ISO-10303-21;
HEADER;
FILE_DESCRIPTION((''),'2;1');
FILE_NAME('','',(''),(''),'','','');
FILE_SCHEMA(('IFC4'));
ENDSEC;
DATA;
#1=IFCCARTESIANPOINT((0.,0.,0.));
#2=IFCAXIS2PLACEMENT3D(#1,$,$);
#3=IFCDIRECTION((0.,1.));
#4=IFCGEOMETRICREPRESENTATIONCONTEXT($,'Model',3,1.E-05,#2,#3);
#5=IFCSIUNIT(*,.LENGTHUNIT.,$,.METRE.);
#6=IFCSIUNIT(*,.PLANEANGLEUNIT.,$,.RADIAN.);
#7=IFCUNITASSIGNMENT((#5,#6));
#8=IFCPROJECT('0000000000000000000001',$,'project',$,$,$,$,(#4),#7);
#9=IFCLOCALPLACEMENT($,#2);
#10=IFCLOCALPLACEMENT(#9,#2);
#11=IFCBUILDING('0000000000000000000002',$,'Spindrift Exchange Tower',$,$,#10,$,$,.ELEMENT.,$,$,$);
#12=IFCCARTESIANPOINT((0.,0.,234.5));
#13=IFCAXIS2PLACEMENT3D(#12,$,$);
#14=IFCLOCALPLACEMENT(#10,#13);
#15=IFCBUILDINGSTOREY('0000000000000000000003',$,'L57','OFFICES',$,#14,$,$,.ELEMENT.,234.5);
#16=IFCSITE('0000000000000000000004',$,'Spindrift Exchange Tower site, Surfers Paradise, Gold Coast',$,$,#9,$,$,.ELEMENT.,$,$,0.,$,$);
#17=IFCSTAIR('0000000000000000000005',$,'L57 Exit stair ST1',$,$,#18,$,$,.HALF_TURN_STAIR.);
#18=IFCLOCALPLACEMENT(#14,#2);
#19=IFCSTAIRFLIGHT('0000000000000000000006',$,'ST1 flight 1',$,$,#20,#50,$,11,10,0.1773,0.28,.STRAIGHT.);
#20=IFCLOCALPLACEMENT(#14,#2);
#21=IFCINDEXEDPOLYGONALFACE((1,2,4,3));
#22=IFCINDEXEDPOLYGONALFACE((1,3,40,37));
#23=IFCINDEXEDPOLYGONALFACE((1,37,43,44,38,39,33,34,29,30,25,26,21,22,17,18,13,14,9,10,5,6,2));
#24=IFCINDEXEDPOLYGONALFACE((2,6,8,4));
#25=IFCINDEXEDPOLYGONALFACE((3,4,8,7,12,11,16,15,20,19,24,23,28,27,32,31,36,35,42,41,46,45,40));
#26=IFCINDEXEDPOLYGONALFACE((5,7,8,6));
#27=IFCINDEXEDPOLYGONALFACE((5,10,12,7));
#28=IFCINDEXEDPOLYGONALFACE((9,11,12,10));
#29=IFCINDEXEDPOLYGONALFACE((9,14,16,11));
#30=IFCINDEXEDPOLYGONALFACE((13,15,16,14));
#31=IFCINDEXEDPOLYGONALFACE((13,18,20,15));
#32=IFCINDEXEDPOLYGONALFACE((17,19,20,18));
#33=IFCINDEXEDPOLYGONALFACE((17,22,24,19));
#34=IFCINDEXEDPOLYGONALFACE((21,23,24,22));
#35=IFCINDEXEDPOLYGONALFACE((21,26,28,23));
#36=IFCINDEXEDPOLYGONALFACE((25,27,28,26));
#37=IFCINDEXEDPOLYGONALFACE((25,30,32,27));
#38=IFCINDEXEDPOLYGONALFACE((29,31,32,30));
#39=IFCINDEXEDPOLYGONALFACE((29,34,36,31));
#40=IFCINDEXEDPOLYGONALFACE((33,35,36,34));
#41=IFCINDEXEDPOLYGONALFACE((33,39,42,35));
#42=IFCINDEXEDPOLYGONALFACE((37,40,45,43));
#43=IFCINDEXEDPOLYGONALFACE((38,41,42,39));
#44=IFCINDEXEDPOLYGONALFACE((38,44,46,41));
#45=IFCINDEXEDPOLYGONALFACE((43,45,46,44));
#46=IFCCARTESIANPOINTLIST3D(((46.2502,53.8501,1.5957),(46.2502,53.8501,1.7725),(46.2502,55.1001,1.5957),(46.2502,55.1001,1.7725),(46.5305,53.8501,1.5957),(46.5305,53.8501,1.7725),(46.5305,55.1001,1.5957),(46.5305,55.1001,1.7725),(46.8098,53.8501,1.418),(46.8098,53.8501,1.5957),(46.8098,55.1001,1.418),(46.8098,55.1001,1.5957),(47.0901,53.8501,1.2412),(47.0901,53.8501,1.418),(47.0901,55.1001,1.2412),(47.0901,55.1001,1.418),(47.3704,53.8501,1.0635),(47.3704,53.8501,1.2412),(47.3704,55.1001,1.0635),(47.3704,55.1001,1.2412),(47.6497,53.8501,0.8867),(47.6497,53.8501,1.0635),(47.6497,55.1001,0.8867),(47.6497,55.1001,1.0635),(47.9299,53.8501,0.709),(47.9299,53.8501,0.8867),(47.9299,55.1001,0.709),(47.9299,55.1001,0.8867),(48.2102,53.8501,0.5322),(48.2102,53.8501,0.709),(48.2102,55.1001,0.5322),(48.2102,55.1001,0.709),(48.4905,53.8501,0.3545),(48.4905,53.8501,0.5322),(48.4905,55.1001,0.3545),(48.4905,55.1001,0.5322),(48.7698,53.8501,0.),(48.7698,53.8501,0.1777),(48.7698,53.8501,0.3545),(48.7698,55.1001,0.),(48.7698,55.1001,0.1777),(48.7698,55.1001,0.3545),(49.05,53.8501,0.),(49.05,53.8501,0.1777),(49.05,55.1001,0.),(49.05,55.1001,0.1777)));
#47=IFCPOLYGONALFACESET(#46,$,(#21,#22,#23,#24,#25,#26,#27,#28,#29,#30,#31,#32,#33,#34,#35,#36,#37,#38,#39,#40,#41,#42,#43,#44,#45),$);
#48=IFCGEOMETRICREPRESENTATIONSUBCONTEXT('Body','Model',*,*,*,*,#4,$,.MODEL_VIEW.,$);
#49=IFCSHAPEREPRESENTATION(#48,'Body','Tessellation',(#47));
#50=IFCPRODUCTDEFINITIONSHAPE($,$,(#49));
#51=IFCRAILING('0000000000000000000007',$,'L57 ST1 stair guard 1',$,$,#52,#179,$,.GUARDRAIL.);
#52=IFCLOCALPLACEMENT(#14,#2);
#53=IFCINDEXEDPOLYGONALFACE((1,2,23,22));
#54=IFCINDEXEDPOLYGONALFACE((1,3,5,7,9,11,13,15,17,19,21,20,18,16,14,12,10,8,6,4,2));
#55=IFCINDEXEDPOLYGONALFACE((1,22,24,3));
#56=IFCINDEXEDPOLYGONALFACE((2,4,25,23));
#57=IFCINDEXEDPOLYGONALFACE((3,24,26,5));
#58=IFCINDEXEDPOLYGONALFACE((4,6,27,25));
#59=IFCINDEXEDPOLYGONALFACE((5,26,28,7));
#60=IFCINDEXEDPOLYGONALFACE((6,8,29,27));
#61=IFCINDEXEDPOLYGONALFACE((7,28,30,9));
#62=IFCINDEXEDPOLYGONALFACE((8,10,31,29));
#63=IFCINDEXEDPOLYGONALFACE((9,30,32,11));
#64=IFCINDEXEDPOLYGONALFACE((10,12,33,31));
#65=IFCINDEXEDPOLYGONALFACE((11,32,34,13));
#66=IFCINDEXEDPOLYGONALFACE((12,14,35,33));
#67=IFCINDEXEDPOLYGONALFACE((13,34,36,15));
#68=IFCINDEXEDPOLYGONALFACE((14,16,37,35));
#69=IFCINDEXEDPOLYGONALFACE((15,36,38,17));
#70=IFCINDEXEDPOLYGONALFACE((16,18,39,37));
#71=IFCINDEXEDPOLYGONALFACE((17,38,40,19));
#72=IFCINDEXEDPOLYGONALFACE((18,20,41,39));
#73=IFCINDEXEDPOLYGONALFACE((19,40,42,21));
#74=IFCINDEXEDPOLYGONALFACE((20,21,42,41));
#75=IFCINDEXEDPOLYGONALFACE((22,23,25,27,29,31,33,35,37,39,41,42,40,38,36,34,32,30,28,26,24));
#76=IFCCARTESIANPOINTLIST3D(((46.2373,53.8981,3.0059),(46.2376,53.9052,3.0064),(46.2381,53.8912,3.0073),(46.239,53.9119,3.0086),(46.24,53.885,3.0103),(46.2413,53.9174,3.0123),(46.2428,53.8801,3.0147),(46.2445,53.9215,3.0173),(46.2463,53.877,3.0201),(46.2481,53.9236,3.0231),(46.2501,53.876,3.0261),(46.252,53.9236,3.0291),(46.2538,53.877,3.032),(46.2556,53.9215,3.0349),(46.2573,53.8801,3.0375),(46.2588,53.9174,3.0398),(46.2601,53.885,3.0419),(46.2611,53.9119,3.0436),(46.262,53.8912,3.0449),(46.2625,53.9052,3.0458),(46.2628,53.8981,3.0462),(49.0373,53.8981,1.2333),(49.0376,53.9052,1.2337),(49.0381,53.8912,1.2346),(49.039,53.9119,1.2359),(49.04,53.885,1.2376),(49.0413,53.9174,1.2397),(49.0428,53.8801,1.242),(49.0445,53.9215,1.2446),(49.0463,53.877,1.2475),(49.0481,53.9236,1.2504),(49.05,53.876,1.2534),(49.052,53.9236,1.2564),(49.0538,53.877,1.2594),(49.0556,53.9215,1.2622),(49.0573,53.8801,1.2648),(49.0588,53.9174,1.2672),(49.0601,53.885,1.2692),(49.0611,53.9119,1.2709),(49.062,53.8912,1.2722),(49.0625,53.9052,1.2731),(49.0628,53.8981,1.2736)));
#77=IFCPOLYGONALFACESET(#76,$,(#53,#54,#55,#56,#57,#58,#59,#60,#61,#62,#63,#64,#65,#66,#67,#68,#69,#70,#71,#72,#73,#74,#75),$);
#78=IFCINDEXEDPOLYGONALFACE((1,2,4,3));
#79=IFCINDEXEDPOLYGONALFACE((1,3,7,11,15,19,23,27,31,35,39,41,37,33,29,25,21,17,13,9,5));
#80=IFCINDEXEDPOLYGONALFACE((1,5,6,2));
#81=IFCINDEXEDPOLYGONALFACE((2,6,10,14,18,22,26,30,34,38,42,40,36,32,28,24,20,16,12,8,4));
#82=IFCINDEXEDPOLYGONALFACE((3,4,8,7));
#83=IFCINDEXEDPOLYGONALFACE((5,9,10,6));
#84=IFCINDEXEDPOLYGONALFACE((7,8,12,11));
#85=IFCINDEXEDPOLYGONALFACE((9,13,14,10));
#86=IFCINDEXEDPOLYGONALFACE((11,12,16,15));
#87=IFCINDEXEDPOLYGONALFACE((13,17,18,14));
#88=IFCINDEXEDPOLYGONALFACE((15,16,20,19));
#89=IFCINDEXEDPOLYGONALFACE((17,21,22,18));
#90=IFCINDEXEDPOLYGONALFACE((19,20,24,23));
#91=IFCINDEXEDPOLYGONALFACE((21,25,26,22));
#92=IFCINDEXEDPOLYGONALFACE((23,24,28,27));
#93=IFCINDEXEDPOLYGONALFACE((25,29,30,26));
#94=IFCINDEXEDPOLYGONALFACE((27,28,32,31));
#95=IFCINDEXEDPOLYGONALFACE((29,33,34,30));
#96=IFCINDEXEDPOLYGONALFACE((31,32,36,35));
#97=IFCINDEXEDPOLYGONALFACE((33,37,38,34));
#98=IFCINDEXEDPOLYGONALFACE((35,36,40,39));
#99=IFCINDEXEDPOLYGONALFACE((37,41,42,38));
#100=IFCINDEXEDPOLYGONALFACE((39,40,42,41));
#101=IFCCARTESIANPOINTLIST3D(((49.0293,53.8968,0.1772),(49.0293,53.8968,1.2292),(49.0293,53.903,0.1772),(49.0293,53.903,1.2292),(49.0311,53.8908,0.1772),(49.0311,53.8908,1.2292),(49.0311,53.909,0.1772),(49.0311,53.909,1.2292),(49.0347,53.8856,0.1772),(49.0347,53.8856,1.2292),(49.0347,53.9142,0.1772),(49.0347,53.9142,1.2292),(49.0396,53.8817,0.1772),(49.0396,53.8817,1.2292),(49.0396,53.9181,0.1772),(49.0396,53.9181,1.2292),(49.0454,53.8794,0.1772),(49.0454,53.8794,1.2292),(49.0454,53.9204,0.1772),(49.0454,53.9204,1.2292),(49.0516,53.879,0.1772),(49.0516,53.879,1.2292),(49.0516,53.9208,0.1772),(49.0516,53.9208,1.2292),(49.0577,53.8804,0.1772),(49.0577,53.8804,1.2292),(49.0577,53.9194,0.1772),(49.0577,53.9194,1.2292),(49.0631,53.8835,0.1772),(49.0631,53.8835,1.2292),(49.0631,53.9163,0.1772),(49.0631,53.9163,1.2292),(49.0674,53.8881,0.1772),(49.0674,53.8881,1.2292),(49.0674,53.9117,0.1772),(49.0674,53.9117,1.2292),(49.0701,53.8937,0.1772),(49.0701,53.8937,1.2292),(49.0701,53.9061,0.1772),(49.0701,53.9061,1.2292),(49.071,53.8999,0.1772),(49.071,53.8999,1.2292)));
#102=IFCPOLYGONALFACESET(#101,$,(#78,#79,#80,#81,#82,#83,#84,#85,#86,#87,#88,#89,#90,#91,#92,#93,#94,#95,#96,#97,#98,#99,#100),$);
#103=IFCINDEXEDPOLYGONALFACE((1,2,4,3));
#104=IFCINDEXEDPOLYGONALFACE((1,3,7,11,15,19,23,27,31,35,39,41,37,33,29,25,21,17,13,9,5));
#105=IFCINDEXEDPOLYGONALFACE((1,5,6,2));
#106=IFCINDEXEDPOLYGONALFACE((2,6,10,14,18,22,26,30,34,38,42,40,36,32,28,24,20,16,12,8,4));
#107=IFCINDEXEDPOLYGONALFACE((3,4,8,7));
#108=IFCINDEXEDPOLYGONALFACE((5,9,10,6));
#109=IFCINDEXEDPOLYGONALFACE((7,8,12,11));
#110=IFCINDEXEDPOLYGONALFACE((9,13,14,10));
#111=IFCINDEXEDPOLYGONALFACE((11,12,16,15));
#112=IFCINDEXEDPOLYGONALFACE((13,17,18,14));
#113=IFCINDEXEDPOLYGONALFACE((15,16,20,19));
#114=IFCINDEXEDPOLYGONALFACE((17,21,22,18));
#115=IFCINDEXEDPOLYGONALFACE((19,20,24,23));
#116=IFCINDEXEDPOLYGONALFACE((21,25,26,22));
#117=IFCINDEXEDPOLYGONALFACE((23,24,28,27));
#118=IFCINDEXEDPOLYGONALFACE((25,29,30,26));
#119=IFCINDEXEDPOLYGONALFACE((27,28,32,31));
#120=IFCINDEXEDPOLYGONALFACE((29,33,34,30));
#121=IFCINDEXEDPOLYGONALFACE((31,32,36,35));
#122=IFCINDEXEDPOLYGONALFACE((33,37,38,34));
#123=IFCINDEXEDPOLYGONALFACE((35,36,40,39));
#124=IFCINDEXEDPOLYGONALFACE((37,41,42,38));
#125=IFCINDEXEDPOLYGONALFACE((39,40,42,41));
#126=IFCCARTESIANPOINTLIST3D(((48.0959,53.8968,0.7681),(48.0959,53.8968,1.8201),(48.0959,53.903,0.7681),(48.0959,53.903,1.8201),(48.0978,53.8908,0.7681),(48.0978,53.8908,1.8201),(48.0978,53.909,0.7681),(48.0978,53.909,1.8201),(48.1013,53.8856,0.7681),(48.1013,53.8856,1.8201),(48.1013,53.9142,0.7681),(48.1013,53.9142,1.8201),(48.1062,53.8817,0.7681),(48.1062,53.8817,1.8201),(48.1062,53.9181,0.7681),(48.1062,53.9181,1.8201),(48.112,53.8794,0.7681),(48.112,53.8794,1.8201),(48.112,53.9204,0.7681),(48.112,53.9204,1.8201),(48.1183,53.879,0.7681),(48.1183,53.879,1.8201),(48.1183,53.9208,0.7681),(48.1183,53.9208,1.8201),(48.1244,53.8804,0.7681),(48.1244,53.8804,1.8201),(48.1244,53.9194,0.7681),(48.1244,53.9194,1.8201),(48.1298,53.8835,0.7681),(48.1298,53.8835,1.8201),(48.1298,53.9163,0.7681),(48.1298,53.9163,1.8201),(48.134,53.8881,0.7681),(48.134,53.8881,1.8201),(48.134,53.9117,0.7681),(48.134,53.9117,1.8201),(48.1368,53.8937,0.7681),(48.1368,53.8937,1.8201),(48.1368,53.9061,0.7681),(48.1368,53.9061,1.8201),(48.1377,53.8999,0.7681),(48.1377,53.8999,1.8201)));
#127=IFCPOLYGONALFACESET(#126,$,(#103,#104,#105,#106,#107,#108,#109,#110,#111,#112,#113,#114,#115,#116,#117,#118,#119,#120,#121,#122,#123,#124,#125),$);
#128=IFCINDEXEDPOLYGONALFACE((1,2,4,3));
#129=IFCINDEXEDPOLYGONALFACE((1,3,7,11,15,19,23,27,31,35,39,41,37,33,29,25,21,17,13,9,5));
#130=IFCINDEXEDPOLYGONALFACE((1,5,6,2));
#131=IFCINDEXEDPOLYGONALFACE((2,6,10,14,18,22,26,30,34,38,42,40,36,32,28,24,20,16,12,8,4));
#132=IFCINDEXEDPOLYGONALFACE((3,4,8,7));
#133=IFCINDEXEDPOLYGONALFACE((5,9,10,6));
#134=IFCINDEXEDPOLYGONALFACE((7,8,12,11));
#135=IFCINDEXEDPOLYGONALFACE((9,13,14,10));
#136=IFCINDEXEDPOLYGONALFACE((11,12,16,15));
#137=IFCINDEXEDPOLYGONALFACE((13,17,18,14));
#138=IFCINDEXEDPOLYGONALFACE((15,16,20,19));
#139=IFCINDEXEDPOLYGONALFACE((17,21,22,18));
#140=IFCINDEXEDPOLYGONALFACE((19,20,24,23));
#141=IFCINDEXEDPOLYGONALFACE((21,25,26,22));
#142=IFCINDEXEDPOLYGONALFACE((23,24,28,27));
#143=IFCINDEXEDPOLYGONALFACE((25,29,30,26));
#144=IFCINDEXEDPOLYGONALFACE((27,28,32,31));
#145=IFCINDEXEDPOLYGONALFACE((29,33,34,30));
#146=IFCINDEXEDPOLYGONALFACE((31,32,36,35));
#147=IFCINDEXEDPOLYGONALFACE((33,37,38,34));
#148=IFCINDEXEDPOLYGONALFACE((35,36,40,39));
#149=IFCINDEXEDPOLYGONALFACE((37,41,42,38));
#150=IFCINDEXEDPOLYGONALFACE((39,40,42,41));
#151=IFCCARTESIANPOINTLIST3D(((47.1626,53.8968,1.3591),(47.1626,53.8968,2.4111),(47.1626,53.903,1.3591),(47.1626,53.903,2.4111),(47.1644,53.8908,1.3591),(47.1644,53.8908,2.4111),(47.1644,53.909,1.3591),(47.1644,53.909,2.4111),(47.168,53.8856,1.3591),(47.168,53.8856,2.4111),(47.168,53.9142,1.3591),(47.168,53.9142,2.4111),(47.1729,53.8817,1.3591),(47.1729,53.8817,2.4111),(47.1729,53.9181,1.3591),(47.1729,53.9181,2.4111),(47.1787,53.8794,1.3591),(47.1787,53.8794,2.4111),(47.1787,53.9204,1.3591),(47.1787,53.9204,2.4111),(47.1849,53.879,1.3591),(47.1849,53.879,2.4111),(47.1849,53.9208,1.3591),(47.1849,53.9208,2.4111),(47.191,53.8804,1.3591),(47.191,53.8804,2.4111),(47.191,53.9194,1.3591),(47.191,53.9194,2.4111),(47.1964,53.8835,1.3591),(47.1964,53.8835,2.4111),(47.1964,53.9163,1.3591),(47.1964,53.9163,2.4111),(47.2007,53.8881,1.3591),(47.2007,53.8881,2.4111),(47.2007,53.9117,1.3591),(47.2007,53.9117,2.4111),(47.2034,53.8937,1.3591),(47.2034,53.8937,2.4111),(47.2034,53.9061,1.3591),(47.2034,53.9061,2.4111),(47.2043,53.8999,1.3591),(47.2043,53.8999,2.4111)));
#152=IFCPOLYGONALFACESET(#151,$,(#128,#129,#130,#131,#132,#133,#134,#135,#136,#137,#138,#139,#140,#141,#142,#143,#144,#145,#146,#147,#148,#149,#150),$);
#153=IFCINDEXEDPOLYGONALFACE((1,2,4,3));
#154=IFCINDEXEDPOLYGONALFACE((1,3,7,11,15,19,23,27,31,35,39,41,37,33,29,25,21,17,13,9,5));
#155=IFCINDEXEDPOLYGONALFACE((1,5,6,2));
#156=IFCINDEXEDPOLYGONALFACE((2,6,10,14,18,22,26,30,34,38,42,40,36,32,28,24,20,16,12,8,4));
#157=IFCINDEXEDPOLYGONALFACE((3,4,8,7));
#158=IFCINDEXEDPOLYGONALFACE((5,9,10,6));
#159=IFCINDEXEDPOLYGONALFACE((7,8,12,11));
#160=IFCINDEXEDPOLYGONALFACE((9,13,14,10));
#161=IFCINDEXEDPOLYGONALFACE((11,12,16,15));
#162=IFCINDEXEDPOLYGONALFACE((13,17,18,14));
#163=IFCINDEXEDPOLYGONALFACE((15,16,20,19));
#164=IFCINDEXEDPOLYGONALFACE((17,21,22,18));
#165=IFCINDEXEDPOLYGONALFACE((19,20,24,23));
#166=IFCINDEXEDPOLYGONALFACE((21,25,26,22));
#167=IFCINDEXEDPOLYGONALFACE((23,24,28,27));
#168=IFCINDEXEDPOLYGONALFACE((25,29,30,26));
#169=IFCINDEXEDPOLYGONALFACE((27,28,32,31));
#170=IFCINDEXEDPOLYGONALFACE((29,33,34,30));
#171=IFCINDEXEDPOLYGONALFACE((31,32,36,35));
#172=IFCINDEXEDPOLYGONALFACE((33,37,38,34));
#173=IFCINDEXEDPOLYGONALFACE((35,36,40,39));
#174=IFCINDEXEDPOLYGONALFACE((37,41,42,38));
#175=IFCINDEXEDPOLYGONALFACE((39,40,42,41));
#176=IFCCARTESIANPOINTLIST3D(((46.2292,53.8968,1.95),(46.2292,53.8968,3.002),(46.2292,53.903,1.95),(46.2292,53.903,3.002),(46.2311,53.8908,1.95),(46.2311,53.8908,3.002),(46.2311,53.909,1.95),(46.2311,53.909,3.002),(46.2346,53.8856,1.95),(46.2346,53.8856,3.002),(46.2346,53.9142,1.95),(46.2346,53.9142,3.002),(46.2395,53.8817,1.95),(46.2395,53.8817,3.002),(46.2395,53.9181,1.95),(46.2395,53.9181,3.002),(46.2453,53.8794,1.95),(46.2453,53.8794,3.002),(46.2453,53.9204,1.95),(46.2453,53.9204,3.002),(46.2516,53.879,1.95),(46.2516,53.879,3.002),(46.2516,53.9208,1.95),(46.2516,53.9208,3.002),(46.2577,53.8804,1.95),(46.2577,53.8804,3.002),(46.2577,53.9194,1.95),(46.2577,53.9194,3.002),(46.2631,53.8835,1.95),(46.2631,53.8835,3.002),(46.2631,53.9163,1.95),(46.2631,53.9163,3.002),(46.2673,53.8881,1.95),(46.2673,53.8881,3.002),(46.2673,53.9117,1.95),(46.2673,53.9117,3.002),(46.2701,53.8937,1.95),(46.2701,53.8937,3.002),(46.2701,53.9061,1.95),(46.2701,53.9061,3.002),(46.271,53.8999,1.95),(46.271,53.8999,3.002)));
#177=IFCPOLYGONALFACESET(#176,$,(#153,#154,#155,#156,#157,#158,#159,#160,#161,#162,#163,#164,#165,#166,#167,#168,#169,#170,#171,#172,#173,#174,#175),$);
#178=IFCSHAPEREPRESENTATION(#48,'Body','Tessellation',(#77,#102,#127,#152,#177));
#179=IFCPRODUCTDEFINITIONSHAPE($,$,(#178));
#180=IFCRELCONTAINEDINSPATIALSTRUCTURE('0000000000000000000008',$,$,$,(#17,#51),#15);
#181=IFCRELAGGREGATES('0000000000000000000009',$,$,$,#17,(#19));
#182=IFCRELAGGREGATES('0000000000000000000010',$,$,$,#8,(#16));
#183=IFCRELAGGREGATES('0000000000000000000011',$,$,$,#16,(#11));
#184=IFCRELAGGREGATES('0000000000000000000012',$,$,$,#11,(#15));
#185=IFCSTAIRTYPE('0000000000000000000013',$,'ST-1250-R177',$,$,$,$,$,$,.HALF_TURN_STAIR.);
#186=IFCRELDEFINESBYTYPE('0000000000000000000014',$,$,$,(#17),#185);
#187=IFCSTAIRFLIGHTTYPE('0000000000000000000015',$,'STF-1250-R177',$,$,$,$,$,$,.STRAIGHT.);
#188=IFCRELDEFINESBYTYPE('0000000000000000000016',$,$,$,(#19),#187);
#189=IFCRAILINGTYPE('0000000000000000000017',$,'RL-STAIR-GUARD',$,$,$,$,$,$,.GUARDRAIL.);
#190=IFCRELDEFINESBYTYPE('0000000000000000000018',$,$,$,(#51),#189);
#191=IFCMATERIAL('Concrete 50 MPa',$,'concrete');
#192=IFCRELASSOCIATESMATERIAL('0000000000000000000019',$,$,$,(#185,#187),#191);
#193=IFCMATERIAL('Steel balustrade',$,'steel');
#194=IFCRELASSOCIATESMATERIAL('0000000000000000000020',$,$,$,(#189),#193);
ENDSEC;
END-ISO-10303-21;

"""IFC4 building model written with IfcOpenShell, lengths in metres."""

from ifc_helpers import new_model, si_unit, direction, frame, origin, origin_2d, place, context, subcontext, project, spatial, line, indexed_curve, circle, outline, extrude, material, type_object, element, aggregate, save


model = new_model("IFC4")

# Units and contexts
model_context = context("Model", 3, precision=1e-05, world=origin(), true_north=direction((0.0, 1.0)))
body_context = subcontext(model_context, "Body", "Model", "MODEL_VIEW")
ifc_project = project(units=[si_unit("LENGTHUNIT", "METRE"), si_unit("PLANEANGLEUNIT", "RADIAN")], contexts=[model_context])

# Site, building, storey
site_placement = place(None, origin())
site = spatial("IfcSite", under=ifc_project, at=site_placement, Name="Spindrift Exchange Tower site, Surfers Paradise, Gold Coast", CompositionType="ELEMENT", RefElevation=0.0)
building_placement = place(site_placement, origin())
building = spatial("IfcBuilding", under=site, at=building_placement, Name="Spindrift Exchange Tower", CompositionType="ELEMENT")
storey_placement = place(building_placement, frame((0.0, 0.0, 234.5)))
storey = spatial("IfcBuildingStorey", under=building, at=storey_placement, Name="L57", Description="OFFICES", CompositionType="ELEMENT", Elevation=234.5)

# Stair, stair flight
ifc_material_1 = material(Name="Concrete 50 MPa", Category="concrete")
stair_type = type_object("IfcStairType", Name="ST-1250-R177", PredefinedType="HALF_TURN_STAIR", material=ifc_material_1)
stair_placement = place(storey_placement, origin())
stair = element("IfcStair", 1, at=stair_placement, inside=storey, type_object=stair_type, Name="L57 Exit stair ST1", PredefinedType="HALF_TURN_STAIR")
stair_flight_type = type_object("IfcStairFlightType", Name="STF-1250-R177", PredefinedType="STRAIGHT", material=ifc_material_1)
stair_flight_placement = place(storey_placement, frame((49.05, 54.4751, 0.0), z_axis=(0.0, 0.0, 1.0), x_axis=(-1.0, 0.0, 0.0)))
stair_flight = element("IfcStairFlight", 2, at=stair_flight_placement, type_object=stair_flight_type, Name="ST1 flight 1", NumberOfRisers=11, NumberOfTreads=10, PredefinedType="STRAIGHT", RiserHeight=0.1773, TreadLength=0.28, context=body_context, shape_type="SweptSolid", body=[
    extrude(outline(indexed_curve([(0.0, 0.0), (0.0, 0.1777), (0.2803, 0.1777), (0.2803, 0.3545), (0.5596, 0.3545), (0.5596, 0.5322), (0.8398, 0.5322), (0.8398, 0.709), (1.1201, 0.709), (1.1201, 0.8867), (1.4004, 0.8867), (1.4004, 1.0635), (1.6797, 1.0635), (1.6797, 1.2412), (1.96, 1.2412), (1.96, 1.418), (2.2402, 1.418), (2.2402, 1.5957), (2.5195, 1.5957), (2.5195, 1.7725), (2.7998, 1.7725), (2.7998, 1.9502), (2.7998, 1.5957), (0.2803, 0.0)], segments=[line(1, 2, 3, 4, 5, 6, 7, 8, 9, 10, 11, 12, 13, 14, 15, 16, 17, 18, 19, 20, 21, 22, 23, 24, 1)], self_intersect=False)), frame((0.0, 0.625, 0.0), z_axis=(0.0, -1.0, 0.0), x_axis=(1.0, 0.0, 0.0)), (0.0, 0.0, 1.0), 1.25),
])
aggregate(stair, [stair_flight])

# Railing
ifc_material_2 = material(Name="Steel balustrade", Category="steel")
railing_type_1 = type_object("IfcRailingType", Name="RL-STAIR-GUARD", PredefinedType="GUARDRAIL", material=ifc_material_2)
railing_1_placement = place(storey_placement, frame((49.05, 53.8999, 0.1772)))
element("IfcRailing", 3, at=railing_1_placement, inside=storey, type_object=railing_type_1, Name="L57 ST1 stair guard 1", PredefinedType="GUARDRAIL", context=body_context, shape_type="SweptSolid", body=[
    extrude(circle(Radius=0.0239, at=origin_2d()), frame((0.0, 0.0, 1.0762), z_axis=(-0.844909, 0.0, 0.53491), x_axis=(0.0, -1.0, 0.0)), (0.0, 0.0, 1.0), 3.314),
    extrude(circle(Radius=0.021, at=origin_2d()), origin(), (0.0, 0.0, 1.0), 1.052),
    extrude(circle(Radius=0.021, at=origin_2d()), frame((-0.9333, 0.0, 0.5908)), (0.0, 0.0, 1.0), 1.052),
    extrude(circle(Radius=0.021, at=origin_2d()), frame((-1.8667, 0.0, 1.1819)), (0.0, 0.0, 1.0), 1.052),
    extrude(circle(Radius=0.021, at=origin_2d()), frame((-2.8, 0.0, 1.7727)), (0.0, 0.0, 1.0), 1.052),
])

save(model, "model.ifc")
